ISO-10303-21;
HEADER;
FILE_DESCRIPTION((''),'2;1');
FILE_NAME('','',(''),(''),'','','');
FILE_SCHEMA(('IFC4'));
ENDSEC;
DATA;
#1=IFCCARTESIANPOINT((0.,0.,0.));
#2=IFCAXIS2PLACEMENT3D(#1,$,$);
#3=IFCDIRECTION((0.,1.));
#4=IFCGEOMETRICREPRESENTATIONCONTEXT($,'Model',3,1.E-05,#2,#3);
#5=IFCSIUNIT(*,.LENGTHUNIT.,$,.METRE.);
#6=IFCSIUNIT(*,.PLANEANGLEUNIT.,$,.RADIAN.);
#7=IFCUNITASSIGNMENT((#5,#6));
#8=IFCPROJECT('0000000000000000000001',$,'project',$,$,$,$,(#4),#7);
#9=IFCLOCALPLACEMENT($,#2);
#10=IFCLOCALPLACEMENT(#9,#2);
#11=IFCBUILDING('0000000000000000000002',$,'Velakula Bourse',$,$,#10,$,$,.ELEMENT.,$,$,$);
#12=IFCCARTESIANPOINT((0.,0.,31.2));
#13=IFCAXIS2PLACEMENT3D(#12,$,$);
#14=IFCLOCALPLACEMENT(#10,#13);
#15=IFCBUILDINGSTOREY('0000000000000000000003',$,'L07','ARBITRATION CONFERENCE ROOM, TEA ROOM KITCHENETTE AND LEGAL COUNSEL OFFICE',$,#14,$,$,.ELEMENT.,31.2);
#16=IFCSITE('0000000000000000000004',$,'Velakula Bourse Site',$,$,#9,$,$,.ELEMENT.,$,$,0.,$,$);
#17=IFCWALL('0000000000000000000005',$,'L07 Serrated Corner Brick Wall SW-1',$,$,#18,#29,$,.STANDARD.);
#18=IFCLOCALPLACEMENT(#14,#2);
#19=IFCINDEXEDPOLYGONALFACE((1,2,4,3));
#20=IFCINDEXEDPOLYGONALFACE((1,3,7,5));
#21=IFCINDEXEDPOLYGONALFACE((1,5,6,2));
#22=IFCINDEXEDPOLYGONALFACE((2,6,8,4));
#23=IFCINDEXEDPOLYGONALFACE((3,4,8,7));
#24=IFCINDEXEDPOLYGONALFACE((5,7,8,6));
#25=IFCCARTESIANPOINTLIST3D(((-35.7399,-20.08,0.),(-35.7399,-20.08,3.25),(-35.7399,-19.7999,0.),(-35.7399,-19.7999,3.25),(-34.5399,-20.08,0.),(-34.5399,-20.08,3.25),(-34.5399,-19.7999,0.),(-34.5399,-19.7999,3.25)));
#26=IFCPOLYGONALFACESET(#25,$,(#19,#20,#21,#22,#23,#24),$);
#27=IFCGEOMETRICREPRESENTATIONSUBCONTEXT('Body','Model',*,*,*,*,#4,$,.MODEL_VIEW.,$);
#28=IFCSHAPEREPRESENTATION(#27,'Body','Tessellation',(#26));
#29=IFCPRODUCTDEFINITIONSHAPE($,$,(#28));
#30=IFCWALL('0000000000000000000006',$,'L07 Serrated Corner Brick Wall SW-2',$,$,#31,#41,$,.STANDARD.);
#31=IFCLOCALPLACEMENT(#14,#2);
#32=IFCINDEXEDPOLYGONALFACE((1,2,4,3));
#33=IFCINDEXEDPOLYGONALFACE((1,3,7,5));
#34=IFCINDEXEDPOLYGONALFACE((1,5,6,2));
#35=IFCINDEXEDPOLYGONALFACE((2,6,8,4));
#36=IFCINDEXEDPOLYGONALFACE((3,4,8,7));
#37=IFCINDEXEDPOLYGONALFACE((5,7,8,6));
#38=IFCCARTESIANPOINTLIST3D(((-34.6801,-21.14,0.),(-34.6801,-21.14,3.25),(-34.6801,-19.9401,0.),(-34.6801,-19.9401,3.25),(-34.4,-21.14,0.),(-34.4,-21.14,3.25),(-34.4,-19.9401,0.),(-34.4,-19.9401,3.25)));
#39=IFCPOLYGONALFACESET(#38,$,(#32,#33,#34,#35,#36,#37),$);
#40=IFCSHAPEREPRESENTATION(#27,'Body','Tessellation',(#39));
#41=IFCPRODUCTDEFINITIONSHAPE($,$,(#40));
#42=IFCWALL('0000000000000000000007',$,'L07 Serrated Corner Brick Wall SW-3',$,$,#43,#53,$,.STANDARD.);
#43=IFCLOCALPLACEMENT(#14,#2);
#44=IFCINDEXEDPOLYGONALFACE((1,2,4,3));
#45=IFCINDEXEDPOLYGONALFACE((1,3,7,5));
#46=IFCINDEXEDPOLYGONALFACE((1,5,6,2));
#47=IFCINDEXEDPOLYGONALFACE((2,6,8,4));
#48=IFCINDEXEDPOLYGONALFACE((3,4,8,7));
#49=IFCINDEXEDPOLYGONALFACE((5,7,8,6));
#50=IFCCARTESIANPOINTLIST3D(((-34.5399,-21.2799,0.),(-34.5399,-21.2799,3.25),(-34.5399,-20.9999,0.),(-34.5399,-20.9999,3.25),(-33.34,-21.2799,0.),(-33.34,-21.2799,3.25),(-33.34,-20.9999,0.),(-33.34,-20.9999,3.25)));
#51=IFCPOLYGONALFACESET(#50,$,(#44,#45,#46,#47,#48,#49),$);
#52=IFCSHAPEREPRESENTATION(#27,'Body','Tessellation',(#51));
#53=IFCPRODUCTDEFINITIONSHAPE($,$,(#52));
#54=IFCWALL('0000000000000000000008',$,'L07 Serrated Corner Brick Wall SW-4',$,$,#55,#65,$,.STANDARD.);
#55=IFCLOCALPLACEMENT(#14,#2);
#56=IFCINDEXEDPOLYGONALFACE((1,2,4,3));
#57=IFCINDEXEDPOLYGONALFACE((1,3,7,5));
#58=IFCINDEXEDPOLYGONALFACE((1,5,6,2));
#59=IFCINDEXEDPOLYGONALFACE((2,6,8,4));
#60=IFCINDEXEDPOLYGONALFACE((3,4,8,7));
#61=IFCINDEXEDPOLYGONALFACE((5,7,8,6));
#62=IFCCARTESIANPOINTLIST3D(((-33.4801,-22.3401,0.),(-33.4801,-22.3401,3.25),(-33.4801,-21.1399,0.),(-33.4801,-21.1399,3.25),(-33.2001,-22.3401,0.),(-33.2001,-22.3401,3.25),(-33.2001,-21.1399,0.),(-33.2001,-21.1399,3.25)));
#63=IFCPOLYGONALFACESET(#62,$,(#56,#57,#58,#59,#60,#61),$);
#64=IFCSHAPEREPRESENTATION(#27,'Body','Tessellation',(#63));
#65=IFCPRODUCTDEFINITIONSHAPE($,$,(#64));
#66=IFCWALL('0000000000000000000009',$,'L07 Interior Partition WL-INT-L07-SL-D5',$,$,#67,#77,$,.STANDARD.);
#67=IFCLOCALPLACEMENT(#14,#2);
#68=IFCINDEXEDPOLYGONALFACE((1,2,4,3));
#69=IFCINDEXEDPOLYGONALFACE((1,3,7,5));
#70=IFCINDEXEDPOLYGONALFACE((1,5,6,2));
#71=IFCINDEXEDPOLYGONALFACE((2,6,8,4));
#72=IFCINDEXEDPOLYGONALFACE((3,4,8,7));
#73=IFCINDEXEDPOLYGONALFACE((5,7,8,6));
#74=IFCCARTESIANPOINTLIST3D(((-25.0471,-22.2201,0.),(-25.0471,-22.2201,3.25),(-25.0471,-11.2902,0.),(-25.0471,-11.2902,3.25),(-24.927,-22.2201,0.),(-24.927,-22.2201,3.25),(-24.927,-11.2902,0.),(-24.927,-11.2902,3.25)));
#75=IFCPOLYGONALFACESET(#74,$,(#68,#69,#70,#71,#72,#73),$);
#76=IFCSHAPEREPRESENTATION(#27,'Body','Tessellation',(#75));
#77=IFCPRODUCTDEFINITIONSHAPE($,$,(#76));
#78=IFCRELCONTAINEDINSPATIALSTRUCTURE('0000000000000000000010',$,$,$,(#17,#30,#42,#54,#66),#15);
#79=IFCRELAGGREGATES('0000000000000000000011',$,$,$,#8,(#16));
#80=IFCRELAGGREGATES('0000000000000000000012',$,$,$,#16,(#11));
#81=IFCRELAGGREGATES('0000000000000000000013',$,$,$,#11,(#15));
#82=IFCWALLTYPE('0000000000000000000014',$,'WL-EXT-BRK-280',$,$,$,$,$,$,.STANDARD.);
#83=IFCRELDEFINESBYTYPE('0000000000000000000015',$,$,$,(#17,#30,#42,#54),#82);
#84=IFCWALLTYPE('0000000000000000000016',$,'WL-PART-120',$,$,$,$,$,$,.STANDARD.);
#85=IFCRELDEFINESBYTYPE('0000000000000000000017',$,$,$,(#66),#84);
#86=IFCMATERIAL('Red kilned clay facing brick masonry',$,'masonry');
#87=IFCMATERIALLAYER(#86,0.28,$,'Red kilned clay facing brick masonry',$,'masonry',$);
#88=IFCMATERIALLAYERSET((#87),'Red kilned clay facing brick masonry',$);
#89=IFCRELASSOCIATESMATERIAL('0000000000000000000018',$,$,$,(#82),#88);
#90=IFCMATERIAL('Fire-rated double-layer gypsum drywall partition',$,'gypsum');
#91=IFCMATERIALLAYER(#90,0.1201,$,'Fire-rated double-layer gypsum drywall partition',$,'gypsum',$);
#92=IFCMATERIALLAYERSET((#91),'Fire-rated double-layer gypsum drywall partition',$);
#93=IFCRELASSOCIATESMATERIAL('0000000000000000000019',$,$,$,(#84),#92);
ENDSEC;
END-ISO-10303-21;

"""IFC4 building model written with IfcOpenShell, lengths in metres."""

from ifc_helpers import new_model, si_unit, direction, frame, frame_2d, origin, place, context, subcontext, project, spatial, rectangle, extrude, material, layer, layer_set, type_object, element, save


model = new_model("IFC4")

# Units and contexts
model_context = context("Model", 3, precision=1e-05, world=origin(), true_north=direction((0.0, 1.0)))
body_context = subcontext(model_context, "Body", "Model", "MODEL_VIEW")
ifc_project = project(units=[si_unit("LENGTHUNIT", "METRE"), si_unit("PLANEANGLEUNIT", "RADIAN")], contexts=[model_context])

# Site, building, storey
site_placement = place(None, origin())
site = spatial("IfcSite", under=ifc_project, at=site_placement, Name="Velakula Bourse Site", CompositionType="ELEMENT", RefElevation=0.0)
building_placement = place(site_placement, origin())
building = spatial("IfcBuilding", under=site, at=building_placement, Name="Velakula Bourse", CompositionType="ELEMENT")
storey_placement = place(building_placement, frame((0.0, 0.0, 31.2)))
storey = spatial("IfcBuildingStorey", under=building, at=storey_placement, Name="L07", Description="ARBITRATION CONFERENCE ROOM, TEA ROOM KITCHENETTE AND LEGAL COUNSEL OFFICE", CompositionType="ELEMENT", Elevation=31.2)

# Shared definitions
ifc_material_1 = material(Name="Red kilned clay facing brick masonry", Category="masonry")
ifc_layer_1 = layer(ifc_material_1, 0.28, Name="Red kilned clay facing brick masonry", Category="masonry")
ifc_layer_set_1 = layer_set([ifc_layer_1], Name="Red kilned clay facing brick masonry")
wall_type_1 = type_object("IfcWallType", Name="WL-EXT-BRK-280", PredefinedType="STANDARD", material=ifc_layer_set_1)

# Walls
for number, where, z_axis, x_axis, name in (
    (1, (-35.74, -19.9399, 0.0), (0.0, 0.0, 1.0), (1.0, 0.0, 0.0), "L07 Serrated Corner Brick Wall SW-1"),
    (2, (-34.54, -19.9399, 0.0), (0.0, 0.0, 1.0), (0.0, -1.0, 0.0), "L07 Serrated Corner Brick Wall SW-2"),
    (3, (-34.54, -21.1399, 0.0), (0.0, 0.0, 1.0), (1.0, 0.0, 0.0), "L07 Serrated Corner Brick Wall SW-3"),
):
    element("IfcWall", number, at=place(storey_placement, frame(where, z_axis=z_axis, x_axis=x_axis)), inside=storey, type_object=wall_type_1, Name=name, PredefinedType="STANDARD", context=body_context, shape_type="SweptSolid", body=[
        extrude(rectangle(XDim=1.2, YDim=0.28, at=frame_2d((0.6001, 0.0))), origin(), (0.0, 0.0, 1.0), 3.25),
    ])
wall_1_placement = place(storey_placement, frame((-33.3401, -21.1399, 0.0), z_axis=(0.0, 0.0, 1.0), x_axis=(0.0, -1.0, 0.0)))
element("IfcWall", 4, at=wall_1_placement, inside=storey, type_object=wall_type_1, Name="L07 Serrated Corner Brick Wall SW-4", PredefinedType="STANDARD", context=body_context, shape_type="SweptSolid", body=[
    extrude(rectangle(XDim=1.2002, YDim=0.28, at=frame_2d((0.6001, 0.0))), origin(), (0.0, 0.0, 1.0), 3.25),
])
ifc_material_2 = material(Name="Fire-rated double-layer gypsum drywall partition", Category="gypsum")
ifc_layer_2 = layer(ifc_material_2, 0.1201, Name="Fire-rated double-layer gypsum drywall partition", Category="gypsum")
ifc_layer_set_2 = layer_set([ifc_layer_2], Name="Fire-rated double-layer gypsum drywall partition")
wall_type_2 = type_object("IfcWallType", Name="WL-PART-120", PredefinedType="STANDARD", material=ifc_layer_set_2)
wall_2_placement = place(storey_placement, frame((-24.9871, -22.22, 0.0), z_axis=(0.0, 0.0, 1.0), x_axis=(0.0, 1.0, 0.0)))
element("IfcWall", 5, at=wall_2_placement, inside=storey, type_object=wall_type_2, Name="L07 Interior Partition WL-INT-L07-SL-D5", PredefinedType="STANDARD", context=body_context, shape_type="SweptSolid", body=[
    extrude(rectangle(XDim=10.9299, YDim=0.1201, at=frame_2d((5.4648, 0.0))), origin(), (0.0, 0.0, 1.0), 3.25),
])

save(model, "model.ifc")
